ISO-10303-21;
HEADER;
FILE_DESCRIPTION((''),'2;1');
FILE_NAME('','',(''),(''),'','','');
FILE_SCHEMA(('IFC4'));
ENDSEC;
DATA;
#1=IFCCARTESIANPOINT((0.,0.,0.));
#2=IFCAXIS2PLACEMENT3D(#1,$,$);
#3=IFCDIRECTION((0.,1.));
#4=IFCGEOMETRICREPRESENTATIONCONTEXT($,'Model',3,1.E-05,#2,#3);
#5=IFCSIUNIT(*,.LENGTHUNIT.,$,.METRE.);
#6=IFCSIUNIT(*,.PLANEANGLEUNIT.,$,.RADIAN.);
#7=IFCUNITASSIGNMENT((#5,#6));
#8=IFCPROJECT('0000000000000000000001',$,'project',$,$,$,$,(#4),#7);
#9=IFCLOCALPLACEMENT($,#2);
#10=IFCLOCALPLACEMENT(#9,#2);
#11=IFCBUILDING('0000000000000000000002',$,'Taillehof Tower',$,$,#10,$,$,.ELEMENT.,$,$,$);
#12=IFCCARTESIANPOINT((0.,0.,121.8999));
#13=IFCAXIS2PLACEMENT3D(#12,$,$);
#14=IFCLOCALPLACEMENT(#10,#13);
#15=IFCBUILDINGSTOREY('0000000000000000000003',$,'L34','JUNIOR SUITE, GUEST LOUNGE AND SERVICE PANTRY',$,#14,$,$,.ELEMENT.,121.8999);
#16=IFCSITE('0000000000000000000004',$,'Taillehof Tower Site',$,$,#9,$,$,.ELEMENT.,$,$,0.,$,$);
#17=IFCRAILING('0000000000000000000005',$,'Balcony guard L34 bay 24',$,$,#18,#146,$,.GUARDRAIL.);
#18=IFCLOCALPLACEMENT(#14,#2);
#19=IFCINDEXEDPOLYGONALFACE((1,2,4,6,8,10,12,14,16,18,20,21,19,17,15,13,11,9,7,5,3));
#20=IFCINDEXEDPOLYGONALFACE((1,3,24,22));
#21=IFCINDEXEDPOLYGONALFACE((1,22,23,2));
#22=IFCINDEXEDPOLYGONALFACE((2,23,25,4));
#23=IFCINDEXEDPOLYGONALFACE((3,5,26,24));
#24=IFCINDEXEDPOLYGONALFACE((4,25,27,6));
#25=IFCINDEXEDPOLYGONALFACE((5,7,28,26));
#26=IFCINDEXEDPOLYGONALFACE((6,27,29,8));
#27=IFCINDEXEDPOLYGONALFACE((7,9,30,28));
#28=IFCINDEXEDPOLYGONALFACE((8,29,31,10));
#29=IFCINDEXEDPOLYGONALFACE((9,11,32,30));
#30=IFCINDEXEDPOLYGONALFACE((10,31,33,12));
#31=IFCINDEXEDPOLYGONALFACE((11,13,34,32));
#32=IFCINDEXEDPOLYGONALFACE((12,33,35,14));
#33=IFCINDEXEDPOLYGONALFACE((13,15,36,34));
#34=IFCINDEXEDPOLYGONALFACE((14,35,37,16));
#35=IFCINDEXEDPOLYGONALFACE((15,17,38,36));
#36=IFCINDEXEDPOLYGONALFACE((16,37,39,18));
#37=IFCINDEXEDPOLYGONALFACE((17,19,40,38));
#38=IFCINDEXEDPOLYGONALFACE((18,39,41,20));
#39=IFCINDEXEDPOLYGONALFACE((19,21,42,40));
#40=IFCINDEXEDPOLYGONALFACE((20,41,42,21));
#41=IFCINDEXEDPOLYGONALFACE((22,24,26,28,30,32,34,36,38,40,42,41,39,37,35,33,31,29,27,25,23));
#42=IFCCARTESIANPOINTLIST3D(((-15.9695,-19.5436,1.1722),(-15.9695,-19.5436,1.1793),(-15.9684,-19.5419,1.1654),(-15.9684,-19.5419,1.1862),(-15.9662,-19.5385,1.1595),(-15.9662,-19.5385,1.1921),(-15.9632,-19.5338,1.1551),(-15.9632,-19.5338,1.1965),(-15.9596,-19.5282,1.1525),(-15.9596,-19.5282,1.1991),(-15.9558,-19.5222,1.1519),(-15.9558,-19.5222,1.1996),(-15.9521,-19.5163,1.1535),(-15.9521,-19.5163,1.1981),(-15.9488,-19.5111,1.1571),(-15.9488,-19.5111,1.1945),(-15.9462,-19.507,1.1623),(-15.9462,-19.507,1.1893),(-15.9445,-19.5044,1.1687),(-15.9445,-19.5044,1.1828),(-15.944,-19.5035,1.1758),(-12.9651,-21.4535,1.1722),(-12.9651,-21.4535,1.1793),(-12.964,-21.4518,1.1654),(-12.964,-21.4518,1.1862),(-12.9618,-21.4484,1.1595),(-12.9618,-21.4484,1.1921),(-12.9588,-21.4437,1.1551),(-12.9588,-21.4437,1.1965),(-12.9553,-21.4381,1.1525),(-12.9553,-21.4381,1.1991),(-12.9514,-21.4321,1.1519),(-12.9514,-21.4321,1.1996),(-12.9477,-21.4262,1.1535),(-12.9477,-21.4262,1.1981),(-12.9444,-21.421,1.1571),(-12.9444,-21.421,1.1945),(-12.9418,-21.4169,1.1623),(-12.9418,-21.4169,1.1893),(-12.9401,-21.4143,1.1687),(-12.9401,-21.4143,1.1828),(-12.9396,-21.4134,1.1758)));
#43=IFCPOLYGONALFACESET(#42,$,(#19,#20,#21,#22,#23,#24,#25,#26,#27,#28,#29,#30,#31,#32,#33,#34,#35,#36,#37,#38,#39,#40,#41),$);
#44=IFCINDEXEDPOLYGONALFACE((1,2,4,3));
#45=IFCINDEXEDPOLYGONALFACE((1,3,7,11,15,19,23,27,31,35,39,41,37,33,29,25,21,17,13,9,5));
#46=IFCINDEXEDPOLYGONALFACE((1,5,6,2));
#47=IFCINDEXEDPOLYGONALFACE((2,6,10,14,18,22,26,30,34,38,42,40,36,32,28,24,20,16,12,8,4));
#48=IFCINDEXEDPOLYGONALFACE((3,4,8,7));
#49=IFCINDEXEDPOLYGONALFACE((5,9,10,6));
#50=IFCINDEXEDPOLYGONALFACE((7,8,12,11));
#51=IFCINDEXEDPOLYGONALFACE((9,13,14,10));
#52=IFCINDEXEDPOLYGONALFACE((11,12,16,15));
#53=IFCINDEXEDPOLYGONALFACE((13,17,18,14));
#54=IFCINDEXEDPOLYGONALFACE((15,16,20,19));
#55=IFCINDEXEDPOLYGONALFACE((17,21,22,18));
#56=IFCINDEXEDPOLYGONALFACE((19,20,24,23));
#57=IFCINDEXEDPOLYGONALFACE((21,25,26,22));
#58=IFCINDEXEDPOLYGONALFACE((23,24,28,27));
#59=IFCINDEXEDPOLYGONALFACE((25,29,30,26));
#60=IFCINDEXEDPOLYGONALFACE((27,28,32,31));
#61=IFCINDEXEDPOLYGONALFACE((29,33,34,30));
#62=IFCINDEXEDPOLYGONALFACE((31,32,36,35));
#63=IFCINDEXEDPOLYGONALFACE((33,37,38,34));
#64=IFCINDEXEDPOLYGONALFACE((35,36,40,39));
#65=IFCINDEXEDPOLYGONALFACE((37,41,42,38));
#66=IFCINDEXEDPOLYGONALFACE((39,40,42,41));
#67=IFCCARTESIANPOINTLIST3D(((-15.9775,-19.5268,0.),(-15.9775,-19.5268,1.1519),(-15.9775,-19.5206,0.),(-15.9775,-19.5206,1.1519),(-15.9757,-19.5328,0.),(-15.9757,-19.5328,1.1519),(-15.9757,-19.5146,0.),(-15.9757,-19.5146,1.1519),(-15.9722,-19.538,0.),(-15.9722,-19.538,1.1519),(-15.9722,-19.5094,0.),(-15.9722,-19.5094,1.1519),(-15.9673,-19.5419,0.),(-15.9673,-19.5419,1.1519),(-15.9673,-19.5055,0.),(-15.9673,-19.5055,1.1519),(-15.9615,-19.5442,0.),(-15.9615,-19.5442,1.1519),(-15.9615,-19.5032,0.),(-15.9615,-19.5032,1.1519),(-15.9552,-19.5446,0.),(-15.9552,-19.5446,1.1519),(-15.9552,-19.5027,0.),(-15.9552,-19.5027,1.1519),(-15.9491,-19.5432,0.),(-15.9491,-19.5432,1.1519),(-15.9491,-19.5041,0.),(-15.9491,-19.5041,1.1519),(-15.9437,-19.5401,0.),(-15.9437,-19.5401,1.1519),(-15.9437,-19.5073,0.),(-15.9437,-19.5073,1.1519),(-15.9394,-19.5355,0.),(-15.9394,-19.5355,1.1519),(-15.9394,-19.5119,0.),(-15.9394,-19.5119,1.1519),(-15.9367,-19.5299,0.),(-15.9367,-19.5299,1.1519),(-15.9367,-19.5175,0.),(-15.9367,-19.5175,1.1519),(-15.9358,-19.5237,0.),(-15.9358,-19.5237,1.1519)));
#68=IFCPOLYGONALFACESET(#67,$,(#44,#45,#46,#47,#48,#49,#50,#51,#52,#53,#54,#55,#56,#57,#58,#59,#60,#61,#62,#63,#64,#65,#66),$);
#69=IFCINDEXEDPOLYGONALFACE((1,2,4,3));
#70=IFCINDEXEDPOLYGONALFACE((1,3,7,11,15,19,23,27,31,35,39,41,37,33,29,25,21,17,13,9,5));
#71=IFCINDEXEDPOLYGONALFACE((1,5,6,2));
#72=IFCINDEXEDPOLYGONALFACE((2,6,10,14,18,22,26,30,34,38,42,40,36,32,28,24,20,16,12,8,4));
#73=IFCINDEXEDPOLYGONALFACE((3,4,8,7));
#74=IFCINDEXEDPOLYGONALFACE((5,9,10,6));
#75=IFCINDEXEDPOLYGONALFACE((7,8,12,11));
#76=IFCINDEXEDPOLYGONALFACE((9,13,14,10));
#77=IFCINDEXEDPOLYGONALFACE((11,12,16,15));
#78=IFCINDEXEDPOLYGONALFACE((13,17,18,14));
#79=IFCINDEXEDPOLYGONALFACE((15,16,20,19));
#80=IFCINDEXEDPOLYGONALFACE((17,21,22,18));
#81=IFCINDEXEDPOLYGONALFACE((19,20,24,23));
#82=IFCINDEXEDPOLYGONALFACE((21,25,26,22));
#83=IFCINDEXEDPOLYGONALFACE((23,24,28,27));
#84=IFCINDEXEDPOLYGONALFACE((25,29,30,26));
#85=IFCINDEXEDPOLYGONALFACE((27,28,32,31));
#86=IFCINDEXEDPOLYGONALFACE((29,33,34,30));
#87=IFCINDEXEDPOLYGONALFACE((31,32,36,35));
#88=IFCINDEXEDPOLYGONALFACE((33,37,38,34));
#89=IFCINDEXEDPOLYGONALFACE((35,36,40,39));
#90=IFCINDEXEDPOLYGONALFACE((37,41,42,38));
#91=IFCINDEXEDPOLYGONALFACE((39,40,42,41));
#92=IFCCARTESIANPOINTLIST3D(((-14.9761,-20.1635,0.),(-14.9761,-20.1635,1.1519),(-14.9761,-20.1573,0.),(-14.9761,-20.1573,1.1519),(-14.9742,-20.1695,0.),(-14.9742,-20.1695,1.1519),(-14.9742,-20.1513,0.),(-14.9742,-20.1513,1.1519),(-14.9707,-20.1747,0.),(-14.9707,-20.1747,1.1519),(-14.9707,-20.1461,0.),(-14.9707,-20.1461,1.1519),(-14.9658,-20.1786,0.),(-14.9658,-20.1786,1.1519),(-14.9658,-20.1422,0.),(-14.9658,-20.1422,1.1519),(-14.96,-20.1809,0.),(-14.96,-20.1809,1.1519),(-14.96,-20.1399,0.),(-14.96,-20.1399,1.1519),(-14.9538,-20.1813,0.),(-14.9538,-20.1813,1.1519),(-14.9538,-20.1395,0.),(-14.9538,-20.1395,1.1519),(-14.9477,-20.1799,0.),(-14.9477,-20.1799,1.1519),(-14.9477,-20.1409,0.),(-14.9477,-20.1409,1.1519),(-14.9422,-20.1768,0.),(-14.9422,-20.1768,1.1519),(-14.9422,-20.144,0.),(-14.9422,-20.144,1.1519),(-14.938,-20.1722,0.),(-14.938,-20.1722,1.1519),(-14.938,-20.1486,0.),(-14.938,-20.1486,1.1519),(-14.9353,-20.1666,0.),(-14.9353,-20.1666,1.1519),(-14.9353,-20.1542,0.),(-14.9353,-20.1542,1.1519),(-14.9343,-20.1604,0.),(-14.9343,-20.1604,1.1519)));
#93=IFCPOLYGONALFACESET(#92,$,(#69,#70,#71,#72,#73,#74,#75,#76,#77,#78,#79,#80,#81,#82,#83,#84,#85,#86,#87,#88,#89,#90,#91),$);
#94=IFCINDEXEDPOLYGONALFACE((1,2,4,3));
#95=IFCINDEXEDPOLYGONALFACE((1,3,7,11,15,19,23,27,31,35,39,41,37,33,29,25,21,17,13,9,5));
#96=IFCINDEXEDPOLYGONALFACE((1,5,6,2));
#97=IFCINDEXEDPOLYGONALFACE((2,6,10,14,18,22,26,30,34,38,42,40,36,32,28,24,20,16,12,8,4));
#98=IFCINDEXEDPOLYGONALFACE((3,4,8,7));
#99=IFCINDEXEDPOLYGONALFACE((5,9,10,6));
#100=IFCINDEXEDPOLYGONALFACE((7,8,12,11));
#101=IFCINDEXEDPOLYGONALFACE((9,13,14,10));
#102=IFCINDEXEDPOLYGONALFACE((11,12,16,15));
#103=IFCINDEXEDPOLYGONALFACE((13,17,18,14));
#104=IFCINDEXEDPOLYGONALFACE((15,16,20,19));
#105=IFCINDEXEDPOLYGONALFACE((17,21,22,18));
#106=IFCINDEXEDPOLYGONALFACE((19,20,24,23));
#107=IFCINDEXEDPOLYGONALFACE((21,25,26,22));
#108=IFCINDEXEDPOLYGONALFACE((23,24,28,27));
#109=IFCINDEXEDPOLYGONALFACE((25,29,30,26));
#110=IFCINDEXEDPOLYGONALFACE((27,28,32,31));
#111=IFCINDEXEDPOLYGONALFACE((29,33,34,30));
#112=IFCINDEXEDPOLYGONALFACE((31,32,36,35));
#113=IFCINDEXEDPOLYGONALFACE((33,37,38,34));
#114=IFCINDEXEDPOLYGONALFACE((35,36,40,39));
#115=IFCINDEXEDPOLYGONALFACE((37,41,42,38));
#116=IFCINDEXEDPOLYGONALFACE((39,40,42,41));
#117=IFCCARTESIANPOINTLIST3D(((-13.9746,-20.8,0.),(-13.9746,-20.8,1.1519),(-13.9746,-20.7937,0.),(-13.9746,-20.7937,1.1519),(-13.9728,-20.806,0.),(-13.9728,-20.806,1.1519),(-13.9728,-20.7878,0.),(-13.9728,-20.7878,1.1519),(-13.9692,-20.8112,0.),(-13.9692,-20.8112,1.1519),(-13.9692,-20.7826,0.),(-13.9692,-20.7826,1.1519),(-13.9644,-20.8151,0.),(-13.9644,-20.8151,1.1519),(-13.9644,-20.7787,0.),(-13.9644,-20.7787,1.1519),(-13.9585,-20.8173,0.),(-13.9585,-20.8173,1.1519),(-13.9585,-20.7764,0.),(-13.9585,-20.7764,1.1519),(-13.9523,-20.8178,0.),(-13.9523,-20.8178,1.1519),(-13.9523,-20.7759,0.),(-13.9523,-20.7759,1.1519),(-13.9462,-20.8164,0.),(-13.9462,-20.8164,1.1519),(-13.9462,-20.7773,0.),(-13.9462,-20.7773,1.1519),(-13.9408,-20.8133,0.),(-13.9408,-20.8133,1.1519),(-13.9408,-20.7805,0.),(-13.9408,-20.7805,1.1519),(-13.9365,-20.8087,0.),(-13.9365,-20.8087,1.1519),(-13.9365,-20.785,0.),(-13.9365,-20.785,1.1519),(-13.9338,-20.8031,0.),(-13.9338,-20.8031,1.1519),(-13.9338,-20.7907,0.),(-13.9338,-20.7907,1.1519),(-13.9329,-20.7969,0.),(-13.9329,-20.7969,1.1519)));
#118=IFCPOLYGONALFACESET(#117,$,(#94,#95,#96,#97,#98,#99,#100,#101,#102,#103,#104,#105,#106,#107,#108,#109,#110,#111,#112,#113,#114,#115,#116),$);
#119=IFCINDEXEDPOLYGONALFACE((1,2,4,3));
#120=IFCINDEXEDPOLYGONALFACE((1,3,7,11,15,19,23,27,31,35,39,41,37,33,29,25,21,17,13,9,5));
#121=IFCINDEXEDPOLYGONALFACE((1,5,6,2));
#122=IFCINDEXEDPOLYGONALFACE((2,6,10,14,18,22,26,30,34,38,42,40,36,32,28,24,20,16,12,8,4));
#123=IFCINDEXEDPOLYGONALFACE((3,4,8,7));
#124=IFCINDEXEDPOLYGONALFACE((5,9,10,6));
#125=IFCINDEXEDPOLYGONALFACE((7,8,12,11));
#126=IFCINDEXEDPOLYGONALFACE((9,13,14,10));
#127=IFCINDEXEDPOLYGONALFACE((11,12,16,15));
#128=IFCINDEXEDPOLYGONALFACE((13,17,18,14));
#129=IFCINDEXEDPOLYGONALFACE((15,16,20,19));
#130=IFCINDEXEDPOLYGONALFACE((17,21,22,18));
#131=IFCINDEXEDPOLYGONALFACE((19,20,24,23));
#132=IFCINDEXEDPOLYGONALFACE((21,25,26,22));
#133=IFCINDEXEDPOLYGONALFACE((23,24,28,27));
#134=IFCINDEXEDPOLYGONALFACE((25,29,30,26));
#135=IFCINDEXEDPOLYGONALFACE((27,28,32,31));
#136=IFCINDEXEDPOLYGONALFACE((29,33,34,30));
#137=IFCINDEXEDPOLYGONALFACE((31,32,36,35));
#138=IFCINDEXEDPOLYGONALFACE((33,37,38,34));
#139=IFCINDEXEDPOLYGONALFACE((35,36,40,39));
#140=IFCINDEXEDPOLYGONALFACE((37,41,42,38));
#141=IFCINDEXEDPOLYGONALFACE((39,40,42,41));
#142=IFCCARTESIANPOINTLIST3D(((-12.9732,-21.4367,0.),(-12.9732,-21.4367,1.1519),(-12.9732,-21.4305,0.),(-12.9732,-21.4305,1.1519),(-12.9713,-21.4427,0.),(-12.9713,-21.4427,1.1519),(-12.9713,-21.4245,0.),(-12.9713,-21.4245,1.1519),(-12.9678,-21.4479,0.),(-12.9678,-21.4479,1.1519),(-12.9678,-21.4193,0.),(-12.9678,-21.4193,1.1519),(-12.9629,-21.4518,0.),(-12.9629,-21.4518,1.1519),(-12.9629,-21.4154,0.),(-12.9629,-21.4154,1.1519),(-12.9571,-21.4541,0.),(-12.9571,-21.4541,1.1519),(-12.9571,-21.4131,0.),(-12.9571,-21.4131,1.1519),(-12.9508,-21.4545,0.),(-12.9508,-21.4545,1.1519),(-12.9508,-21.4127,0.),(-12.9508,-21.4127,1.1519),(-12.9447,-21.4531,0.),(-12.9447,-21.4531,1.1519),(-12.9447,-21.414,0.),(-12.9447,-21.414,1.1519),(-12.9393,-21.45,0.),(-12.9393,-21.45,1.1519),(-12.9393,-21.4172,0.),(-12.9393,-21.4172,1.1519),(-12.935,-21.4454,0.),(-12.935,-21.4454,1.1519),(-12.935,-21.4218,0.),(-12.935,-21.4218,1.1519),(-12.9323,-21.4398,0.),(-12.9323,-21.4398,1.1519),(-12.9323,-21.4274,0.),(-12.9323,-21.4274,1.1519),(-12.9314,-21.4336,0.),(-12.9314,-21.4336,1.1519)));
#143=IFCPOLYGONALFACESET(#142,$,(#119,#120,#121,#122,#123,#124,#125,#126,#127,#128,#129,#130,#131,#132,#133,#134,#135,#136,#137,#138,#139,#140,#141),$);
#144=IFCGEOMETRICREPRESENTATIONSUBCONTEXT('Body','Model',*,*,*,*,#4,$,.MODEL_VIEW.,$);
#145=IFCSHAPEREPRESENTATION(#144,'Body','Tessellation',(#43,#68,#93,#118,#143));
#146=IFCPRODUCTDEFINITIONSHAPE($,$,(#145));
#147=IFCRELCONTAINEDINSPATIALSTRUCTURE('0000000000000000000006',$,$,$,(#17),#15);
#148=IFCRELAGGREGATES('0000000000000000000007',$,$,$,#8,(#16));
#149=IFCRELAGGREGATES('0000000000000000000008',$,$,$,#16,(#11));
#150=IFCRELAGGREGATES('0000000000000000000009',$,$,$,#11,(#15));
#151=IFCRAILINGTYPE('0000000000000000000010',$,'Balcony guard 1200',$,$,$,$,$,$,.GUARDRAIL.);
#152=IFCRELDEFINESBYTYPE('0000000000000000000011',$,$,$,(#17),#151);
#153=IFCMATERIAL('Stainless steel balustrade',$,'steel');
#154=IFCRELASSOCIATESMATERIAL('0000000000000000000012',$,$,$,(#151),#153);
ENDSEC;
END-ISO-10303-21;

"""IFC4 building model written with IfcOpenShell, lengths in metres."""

from ifc_helpers import new_model, si_unit, direction, frame, origin, origin_2d, place, context, subcontext, project, spatial, circle, extrude, material, type_object, element, save


model = new_model("IFC4")

# Units and contexts
model_context = context("Model", 3, precision=1e-05, world=origin(), true_north=direction((0.0, 1.0)))
body_context = subcontext(model_context, "Body", "Model", "MODEL_VIEW")
ifc_project = project(units=[si_unit("LENGTHUNIT", "METRE"), si_unit("PLANEANGLEUNIT", "RADIAN")], contexts=[model_context])

# Site, building, storey
site_placement = place(None, origin())
site = spatial("IfcSite", under=ifc_project, at=site_placement, Name="Taillehof Tower Site", CompositionType="ELEMENT", RefElevation=0.0)
building_placement = place(site_placement, origin())
building = spatial("IfcBuilding", under=site, at=building_placement, Name="Taillehof Tower", CompositionType="ELEMENT")
storey_placement = place(building_placement, frame((0.0, 0.0, 121.8999)))
storey = spatial("IfcBuildingStorey", under=building, at=storey_placement, Name="L34", Description="JUNIOR SUITE, GUEST LOUNGE AND SERVICE PANTRY", CompositionType="ELEMENT", Elevation=121.8999)

# Railing
ifc_material_1 = material(Name="Stainless steel balustrade", Category="steel")
railing_type = type_object("IfcRailingType", Name="Balcony guard 1200", PredefinedType="GUARDRAIL", material=ifc_material_1)
railing_placement = place(storey_placement, frame((-15.9568, -19.5237, 0.0)))
element("IfcRailing", 1, at=railing_placement, inside=storey, type_object=railing_type, Name="Balcony guard L34 bay 24", PredefinedType="GUARDRAIL", context=body_context, shape_type="SweptSolid", body=[
    extrude(circle(Radius=0.0239, at=origin_2d()), frame((0.0, 0.0, 1.1758), z_axis=(0.843913, -0.536481, 0.0), x_axis=(0.536481, 0.843913, 0.0)), (0.0, 0.0, 1.0), 3.5601),
    extrude(circle(Radius=0.021, at=origin_2d()), origin(), (0.0, 0.0, 1.0), 1.1519),
    extrude(circle(Radius=0.021, at=origin_2d()), frame((1.0015, -0.6367, 0.0)), (0.0, 0.0, 1.0), 1.1519),
    extrude(circle(Radius=0.021, at=origin_2d()), frame((2.0029, -1.2732, 0.0)), (0.0, 0.0, 1.0), 1.1519),
    extrude(circle(Radius=0.021, at=origin_2d()), frame((3.0044, -1.9099, 0.0)), (0.0, 0.0, 1.0), 1.1519),
])

save(model, "model.ifc")
